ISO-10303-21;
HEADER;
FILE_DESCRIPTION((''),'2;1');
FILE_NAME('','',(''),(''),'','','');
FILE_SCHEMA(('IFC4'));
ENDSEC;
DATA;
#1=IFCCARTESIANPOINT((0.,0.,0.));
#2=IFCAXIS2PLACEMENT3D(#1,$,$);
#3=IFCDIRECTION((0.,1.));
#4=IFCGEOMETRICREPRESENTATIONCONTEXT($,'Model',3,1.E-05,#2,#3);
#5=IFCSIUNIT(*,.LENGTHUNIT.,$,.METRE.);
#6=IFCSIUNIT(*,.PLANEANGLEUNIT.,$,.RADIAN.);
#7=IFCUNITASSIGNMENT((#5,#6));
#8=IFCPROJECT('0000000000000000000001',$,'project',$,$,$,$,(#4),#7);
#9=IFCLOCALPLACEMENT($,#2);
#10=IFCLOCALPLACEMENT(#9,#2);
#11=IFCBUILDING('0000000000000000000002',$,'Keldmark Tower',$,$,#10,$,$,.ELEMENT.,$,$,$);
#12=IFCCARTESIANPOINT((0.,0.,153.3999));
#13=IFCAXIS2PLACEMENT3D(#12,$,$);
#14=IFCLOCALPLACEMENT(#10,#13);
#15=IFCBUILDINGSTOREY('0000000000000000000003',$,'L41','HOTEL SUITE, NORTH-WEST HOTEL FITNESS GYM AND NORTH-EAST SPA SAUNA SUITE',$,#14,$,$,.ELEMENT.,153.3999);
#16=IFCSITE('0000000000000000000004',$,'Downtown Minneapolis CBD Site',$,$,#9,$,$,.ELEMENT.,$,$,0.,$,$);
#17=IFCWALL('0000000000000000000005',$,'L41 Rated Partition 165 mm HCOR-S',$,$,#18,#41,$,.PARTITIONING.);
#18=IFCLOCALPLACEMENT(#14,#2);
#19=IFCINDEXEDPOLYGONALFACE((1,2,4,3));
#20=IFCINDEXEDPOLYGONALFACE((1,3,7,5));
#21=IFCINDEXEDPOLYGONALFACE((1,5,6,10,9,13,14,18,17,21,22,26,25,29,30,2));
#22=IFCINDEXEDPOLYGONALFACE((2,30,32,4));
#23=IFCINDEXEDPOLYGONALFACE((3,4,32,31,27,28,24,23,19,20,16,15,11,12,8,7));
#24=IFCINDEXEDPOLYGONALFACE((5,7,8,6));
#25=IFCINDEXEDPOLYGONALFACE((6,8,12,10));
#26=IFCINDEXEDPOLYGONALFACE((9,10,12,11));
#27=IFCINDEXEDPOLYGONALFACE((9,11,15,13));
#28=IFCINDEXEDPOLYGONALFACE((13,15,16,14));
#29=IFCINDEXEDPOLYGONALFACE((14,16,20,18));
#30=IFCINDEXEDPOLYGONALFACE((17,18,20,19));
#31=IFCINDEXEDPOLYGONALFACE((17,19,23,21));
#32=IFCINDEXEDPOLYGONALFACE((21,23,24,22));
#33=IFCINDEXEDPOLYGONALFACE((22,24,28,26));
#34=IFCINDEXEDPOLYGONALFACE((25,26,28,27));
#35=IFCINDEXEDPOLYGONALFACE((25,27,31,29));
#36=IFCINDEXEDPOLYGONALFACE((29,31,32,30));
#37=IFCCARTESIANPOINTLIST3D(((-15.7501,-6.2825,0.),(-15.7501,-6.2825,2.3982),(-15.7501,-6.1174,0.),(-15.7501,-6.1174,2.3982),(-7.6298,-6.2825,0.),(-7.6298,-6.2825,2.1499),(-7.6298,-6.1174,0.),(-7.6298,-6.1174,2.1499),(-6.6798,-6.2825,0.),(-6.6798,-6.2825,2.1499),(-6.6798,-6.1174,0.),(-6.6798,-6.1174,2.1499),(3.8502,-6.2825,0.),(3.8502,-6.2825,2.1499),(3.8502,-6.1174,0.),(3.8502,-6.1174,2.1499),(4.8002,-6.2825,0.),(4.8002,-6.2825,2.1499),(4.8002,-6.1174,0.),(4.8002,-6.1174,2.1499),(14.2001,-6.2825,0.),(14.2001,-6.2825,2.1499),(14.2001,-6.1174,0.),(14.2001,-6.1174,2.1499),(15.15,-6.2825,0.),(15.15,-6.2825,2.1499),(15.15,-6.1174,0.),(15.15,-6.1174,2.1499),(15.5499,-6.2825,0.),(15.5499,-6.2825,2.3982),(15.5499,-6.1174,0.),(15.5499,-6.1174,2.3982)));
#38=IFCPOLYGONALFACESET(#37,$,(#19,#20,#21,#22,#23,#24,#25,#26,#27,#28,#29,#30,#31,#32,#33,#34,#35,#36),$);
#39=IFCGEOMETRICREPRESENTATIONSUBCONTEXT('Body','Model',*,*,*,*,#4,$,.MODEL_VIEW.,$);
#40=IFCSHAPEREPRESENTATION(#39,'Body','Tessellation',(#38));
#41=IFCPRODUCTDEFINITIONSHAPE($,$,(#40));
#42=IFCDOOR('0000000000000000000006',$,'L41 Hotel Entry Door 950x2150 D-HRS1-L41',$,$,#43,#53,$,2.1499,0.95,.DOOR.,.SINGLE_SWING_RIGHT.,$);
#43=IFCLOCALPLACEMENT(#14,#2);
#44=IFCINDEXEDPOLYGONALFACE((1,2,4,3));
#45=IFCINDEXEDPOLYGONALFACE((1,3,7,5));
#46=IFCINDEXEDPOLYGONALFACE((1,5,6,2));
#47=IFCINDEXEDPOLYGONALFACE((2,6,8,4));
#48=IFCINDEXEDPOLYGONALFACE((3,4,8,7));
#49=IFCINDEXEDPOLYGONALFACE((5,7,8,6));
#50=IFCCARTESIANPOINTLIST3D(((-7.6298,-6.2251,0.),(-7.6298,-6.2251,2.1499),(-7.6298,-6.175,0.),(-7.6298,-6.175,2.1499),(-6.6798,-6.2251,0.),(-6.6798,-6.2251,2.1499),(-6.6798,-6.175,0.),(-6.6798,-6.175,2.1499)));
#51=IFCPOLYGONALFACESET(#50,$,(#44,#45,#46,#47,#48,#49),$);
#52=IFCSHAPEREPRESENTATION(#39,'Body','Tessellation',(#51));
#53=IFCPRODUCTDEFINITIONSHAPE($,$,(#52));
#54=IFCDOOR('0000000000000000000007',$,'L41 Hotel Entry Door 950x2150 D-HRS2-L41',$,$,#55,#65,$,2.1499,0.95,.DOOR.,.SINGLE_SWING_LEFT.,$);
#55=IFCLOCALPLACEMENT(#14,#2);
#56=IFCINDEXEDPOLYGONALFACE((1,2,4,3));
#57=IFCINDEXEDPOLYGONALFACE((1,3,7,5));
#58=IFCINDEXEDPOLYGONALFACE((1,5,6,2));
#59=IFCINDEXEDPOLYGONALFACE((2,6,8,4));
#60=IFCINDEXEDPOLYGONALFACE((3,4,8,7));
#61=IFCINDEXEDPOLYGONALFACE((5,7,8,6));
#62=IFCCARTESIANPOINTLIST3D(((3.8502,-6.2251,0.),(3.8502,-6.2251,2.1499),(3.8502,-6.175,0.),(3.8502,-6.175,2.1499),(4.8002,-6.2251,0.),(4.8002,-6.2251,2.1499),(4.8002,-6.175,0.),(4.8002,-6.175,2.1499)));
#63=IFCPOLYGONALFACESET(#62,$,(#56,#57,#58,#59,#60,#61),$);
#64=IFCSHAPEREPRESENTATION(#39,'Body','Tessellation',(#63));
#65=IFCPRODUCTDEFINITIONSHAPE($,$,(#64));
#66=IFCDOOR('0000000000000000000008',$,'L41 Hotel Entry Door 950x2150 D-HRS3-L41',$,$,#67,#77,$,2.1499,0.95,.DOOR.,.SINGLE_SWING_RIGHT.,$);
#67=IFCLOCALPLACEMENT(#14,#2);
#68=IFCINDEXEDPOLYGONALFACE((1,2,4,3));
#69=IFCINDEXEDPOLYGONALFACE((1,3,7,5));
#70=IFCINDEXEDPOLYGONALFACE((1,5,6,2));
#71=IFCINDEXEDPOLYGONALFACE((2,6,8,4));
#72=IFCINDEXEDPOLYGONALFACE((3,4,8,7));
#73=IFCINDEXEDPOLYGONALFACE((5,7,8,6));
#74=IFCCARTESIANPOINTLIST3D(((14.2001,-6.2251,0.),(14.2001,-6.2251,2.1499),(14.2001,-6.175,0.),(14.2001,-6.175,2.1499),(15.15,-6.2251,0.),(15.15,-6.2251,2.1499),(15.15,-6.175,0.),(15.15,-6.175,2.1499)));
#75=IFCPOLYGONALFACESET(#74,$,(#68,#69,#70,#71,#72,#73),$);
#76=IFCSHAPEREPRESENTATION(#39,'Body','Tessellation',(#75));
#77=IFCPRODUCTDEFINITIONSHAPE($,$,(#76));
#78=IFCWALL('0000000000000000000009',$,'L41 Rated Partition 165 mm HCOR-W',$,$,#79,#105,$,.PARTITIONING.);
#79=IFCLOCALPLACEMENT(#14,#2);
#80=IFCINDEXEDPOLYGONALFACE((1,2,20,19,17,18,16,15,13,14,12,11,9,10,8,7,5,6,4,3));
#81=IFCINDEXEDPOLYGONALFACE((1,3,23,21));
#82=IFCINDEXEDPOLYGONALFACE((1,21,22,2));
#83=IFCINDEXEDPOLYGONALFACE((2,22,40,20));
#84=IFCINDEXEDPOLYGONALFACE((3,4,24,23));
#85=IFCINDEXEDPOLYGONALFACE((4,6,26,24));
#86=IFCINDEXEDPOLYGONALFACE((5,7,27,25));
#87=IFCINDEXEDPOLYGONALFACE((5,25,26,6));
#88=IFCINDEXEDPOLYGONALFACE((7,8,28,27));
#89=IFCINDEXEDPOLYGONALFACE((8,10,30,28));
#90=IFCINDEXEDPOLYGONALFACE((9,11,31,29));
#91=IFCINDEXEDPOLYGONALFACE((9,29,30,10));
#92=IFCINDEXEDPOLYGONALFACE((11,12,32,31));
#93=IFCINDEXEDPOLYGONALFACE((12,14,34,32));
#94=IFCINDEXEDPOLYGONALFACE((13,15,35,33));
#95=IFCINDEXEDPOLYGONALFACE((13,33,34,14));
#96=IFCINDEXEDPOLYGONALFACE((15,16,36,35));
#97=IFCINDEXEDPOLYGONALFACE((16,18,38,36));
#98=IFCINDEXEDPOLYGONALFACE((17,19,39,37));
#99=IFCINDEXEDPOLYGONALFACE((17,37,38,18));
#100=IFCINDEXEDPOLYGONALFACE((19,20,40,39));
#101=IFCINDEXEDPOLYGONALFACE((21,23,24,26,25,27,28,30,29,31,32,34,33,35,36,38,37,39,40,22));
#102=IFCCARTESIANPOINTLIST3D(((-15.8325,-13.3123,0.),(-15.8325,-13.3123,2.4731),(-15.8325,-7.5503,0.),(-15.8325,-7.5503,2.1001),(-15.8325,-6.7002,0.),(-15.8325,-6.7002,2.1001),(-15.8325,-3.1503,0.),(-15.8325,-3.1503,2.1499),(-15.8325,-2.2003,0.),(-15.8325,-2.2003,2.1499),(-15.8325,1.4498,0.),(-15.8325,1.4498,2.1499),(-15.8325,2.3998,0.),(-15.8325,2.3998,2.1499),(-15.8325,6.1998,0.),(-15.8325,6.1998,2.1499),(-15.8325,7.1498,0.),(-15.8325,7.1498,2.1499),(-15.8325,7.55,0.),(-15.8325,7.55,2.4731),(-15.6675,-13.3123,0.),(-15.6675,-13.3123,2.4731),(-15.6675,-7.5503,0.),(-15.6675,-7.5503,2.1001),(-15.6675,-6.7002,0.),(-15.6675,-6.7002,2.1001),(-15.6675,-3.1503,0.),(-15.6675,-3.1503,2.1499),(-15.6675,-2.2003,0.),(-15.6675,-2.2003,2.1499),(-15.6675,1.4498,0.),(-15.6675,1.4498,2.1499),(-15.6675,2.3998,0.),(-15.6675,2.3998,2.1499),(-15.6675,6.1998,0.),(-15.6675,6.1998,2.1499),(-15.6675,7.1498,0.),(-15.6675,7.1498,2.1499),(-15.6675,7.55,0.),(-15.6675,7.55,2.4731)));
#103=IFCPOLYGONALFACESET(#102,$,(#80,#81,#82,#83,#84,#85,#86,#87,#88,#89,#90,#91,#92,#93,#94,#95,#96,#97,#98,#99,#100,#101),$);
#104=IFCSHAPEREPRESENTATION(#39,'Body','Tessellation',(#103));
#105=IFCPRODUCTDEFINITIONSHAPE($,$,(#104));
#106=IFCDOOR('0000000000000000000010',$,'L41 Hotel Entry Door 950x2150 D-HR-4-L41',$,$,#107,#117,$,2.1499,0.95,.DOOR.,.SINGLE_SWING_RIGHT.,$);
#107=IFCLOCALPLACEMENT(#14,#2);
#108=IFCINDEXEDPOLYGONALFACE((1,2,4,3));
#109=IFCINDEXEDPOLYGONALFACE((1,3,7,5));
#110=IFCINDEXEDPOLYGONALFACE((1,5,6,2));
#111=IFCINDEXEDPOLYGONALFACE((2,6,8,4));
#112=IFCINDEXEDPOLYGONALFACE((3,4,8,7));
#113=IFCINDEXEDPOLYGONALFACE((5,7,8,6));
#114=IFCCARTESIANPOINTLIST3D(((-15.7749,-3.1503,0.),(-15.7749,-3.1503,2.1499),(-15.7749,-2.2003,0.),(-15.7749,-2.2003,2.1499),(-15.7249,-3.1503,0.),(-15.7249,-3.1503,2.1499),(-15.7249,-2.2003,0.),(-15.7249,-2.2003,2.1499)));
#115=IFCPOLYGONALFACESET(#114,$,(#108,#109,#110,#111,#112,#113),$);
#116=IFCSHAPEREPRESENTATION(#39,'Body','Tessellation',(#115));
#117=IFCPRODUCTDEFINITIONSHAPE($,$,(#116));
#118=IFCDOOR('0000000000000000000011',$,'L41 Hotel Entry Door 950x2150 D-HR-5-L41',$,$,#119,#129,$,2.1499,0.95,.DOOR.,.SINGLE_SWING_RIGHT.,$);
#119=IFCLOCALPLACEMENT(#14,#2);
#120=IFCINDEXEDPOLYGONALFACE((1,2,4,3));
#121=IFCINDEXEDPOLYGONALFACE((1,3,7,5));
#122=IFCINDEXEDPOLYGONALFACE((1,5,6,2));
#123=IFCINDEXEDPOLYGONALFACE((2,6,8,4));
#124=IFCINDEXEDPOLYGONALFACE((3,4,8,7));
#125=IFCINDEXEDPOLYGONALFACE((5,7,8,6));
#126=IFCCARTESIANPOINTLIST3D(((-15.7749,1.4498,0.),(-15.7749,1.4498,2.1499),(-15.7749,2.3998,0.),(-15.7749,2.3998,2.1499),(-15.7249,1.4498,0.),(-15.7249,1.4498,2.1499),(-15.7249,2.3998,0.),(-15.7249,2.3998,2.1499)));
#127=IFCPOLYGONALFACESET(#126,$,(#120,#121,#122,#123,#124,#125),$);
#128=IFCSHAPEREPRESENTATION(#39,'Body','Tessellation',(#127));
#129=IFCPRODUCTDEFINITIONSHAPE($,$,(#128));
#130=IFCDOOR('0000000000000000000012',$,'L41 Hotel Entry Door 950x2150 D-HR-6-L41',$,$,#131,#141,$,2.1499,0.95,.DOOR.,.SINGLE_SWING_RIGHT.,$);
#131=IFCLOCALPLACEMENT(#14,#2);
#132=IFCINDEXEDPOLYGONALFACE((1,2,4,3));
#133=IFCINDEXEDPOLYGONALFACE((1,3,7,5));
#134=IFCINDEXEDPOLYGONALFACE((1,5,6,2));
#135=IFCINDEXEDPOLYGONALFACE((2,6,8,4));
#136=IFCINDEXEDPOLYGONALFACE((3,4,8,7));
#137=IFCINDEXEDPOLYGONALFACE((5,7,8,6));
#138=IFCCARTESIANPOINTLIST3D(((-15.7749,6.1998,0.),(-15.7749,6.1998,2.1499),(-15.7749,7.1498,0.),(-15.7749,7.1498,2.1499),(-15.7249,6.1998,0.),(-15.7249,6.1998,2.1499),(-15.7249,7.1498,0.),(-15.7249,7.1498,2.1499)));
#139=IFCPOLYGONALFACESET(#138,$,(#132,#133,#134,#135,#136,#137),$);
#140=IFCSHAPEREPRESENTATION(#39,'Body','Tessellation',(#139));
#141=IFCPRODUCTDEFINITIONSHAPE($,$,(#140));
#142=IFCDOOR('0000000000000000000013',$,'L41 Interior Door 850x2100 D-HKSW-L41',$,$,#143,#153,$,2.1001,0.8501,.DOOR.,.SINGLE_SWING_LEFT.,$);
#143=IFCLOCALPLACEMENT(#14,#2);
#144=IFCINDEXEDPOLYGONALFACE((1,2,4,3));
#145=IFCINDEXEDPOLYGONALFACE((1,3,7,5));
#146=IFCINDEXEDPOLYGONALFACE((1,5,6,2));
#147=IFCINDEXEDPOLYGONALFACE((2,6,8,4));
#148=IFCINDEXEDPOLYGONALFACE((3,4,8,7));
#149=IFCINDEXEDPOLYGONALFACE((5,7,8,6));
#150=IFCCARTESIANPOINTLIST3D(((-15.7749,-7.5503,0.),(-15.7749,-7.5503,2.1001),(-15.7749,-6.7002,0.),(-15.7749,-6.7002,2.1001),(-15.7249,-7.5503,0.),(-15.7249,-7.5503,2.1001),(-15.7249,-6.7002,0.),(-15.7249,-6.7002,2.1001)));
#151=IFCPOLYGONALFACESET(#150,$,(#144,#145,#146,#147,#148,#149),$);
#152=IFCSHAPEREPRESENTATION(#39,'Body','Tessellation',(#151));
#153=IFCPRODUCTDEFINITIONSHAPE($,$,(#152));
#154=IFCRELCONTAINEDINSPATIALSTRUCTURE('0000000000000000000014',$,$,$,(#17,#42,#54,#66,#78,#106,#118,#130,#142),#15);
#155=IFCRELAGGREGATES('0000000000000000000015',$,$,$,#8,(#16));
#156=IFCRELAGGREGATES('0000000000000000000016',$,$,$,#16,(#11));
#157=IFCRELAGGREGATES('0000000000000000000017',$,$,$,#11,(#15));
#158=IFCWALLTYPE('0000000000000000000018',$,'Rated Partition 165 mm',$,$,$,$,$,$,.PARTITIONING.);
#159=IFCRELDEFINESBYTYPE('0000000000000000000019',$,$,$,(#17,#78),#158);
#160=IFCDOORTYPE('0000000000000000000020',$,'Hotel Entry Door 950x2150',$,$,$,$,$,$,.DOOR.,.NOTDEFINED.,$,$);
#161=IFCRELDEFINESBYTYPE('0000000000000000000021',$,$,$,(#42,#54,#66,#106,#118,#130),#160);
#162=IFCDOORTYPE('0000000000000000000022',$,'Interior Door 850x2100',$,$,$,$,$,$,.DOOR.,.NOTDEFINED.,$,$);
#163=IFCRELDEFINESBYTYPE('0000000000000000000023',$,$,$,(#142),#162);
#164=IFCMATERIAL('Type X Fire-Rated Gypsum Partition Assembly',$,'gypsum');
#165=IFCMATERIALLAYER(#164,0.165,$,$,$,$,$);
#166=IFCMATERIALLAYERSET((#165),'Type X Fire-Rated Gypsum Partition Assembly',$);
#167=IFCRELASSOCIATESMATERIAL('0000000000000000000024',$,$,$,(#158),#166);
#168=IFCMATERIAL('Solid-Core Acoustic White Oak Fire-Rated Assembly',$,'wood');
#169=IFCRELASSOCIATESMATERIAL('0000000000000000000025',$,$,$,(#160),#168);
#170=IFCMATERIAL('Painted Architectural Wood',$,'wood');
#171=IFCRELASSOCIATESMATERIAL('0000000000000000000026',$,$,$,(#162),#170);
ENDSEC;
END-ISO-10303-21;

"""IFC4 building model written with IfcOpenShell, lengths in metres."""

from ifc_helpers import new_model, si_unit, direction, frame, frame_2d, origin, place, context, subcontext, project, spatial, rectangle, extrude, material, layer, layer_set, type_object, element, fill, save


model = new_model("IFC4")

# Units and contexts
model_context = context("Model", 3, precision=1e-05, world=origin(), true_north=direction((0.0, 1.0)))
body_context = subcontext(model_context, "Body", "Model", "MODEL_VIEW")
ifc_project = project(units=[si_unit("LENGTHUNIT", "METRE"), si_unit("PLANEANGLEUNIT", "RADIAN")], contexts=[model_context])

# Site, building, storey
site_placement = place(None, origin())
site = spatial("IfcSite", under=ifc_project, at=site_placement, Name="Downtown Minneapolis CBD Site", CompositionType="ELEMENT", RefElevation=0.0)
building_placement = place(site_placement, origin())
building = spatial("IfcBuilding", under=site, at=building_placement, Name="Keldmark Tower", CompositionType="ELEMENT")
storey_placement = place(building_placement, frame((0.0, 0.0, 153.3999)))
storey = spatial("IfcBuildingStorey", under=building, at=storey_placement, Name="L41", Description="HOTEL SUITE, NORTH-WEST HOTEL FITNESS GYM AND NORTH-EAST SPA SAUNA SUITE", CompositionType="ELEMENT", Elevation=153.3999)

# Walls, openings, doors
ifc_material_1 = material(Name="Type X Fire-Rated Gypsum Partition Assembly", Category="gypsum")
ifc_layer_1 = layer(ifc_material_1, 0.165)
ifc_layer_set_1 = layer_set([ifc_layer_1], Name="Type X Fire-Rated Gypsum Partition Assembly")
wall_type_1 = type_object("IfcWallType", Name="Rated Partition 165 mm", PredefinedType="PARTITIONING", material=ifc_layer_set_1)
wall_1_placement = place(storey_placement, frame((-15.75, -6.2, 0.0), z_axis=(0.0, 0.0, 1.0), x_axis=(1.0, 0.0, 0.0)))
wall_1 = element("IfcWall", 1, at=wall_1_placement, inside=storey, type_object=wall_type_1, Name="L41 Rated Partition 165 mm HCOR-S", PredefinedType="PARTITIONING", context=body_context, shape_type="SweptSolid", body=[
    extrude(rectangle(XDim=31.3, YDim=0.165, at=frame_2d((15.6499, 0.0))), origin(), (0.0, 0.0, 1.0), 2.3982),
])
opening_1_placement = place(wall_1_placement, frame((8.1201, 0.0, 0.0)))
opening_1 = element("IfcOpeningElement", 2, at=opening_1_placement, cuts=wall_1, PredefinedType="OPENING", context=body_context, shape_type="SweptSolid", body=[
    extrude(rectangle(XDim=0.95, YDim=2.1499, at=frame_2d((0.4751, 1.075))), frame((0.0, 0.0925, 0.0), z_axis=(0.0, -1.0, 0.0), x_axis=(1.0, 0.0, 0.0)), (0.0, 0.0, 1.0), 0.1851),
])
opening_2_placement = place(wall_1_placement, frame((19.6001, 0.0, 0.0)))
opening_2 = element("IfcOpeningElement", 3, at=opening_2_placement, cuts=wall_1, PredefinedType="OPENING", context=body_context, shape_type="SweptSolid", body=[
    extrude(rectangle(XDim=0.95, YDim=2.1499, at=frame_2d((0.4751, 1.075))), frame((0.0, 0.0925, 0.0), z_axis=(0.0, -1.0, 0.0), x_axis=(1.0, 0.0, 0.0)), (0.0, 0.0, 1.0), 0.1851),
])
opening_3_placement = place(wall_1_placement, frame((29.95, 0.0, 0.0)))
opening_3 = element("IfcOpeningElement", 4, at=opening_3_placement, cuts=wall_1, PredefinedType="OPENING", context=body_context, shape_type="SweptSolid", body=[
    extrude(rectangle(XDim=0.95, YDim=2.1499, at=frame_2d((0.4751, 1.075))), frame((0.0, 0.0925, 0.0), z_axis=(0.0, -1.0, 0.0), x_axis=(1.0, 0.0, 0.0)), (0.0, 0.0, 1.0), 0.1851),
])
ifc_material_2 = material(Name="Solid-Core Acoustic White Oak Fire-Rated Assembly", Category="wood")
door_type_1 = type_object("IfcDoorType", Name="Hotel Entry Door 950x2150", OperationType="NOTDEFINED", PredefinedType="DOOR", material=ifc_material_2)
door_1_placement = place(opening_1_placement, origin())
door_1 = element("IfcDoor", 5, at=door_1_placement, inside=storey, type_object=door_type_1, Name="L41 Hotel Entry Door 950x2150 D-HRS1-L41", OperationType="SINGLE_SWING_RIGHT", OverallHeight=2.1499, OverallWidth=0.95, PredefinedType="DOOR", context=body_context, shape_type="SweptSolid", body=[
    extrude(rectangle(XDim=0.95, YDim=2.1499, at=frame_2d((0.4751, 1.075))), frame((0.0, 0.0249, 0.0), z_axis=(0.0, -1.0, 0.0), x_axis=(1.0, 0.0, 0.0)), (0.0, 0.0, 1.0), 0.05),
])
fill(opening_1, door_1)
door_2_placement = place(opening_2_placement, origin())
door_2 = element("IfcDoor", 6, at=door_2_placement, inside=storey, type_object=door_type_1, Name="L41 Hotel Entry Door 950x2150 D-HRS2-L41", OperationType="SINGLE_SWING_LEFT", OverallHeight=2.1499, OverallWidth=0.95, PredefinedType="DOOR", context=body_context, shape_type="SweptSolid", body=[
    extrude(rectangle(XDim=0.95, YDim=2.1499, at=frame_2d((0.4751, 1.075))), frame((0.0, 0.0249, 0.0), z_axis=(0.0, -1.0, 0.0), x_axis=(1.0, 0.0, 0.0)), (0.0, 0.0, 1.0), 0.05),
])
fill(opening_2, door_2)
door_3_placement = place(opening_3_placement, origin())
door_3 = element("IfcDoor", 7, at=door_3_placement, inside=storey, type_object=door_type_1, Name="L41 Hotel Entry Door 950x2150 D-HRS3-L41", OperationType="SINGLE_SWING_RIGHT", OverallHeight=2.1499, OverallWidth=0.95, PredefinedType="DOOR", context=body_context, shape_type="SweptSolid", body=[
    extrude(rectangle(XDim=0.95, YDim=2.1499, at=frame_2d((0.4751, 1.075))), frame((0.0, 0.0249, 0.0), z_axis=(0.0, -1.0, 0.0), x_axis=(1.0, 0.0, 0.0)), (0.0, 0.0, 1.0), 0.05),
])
fill(opening_3, door_3)
wall_2_placement = place(storey_placement, frame((-15.75, -13.3123, 0.0), z_axis=(0.0, 0.0, 1.0), x_axis=(0.0, 1.0, 0.0)))
wall_2 = element("IfcWall", 8, at=wall_2_placement, inside=storey, type_object=wall_type_1, Name="L41 Rated Partition 165 mm HCOR-W", PredefinedType="PARTITIONING", context=body_context, shape_type="SweptSolid", body=[
    extrude(rectangle(XDim=20.8623, YDim=0.165, at=frame_2d((10.4312, 0.0))), origin(), (0.0, 0.0, 1.0), 2.4731),
])
opening_4_placement = place(wall_2_placement, frame((5.762, 0.0, 0.0)))
opening_4 = element("IfcOpeningElement", 9, at=opening_4_placement, cuts=wall_2, PredefinedType="OPENING", context=body_context, shape_type="SweptSolid", body=[
    extrude(rectangle(XDim=0.8501, YDim=2.1001, at=frame_2d((0.425, 1.05))), frame((0.0, 0.0925, 0.0), z_axis=(0.0, -1.0, 0.0), x_axis=(1.0, 0.0, 0.0)), (0.0, 0.0, 1.0), 0.1851),
])
opening_5_placement = place(wall_2_placement, frame((10.1619, 0.0, 0.0)))
opening_5 = element("IfcOpeningElement", 10, at=opening_5_placement, cuts=wall_2, PredefinedType="OPENING", context=body_context, shape_type="SweptSolid", body=[
    extrude(rectangle(XDim=0.95, YDim=2.1499, at=frame_2d((0.4751, 1.075))), frame((0.0, 0.0925, 0.0), z_axis=(0.0, -1.0, 0.0), x_axis=(1.0, 0.0, 0.0)), (0.0, 0.0, 1.0), 0.1851),
])
opening_6_placement = place(wall_2_placement, frame((14.762, 0.0, 0.0)))
opening_6 = element("IfcOpeningElement", 11, at=opening_6_placement, cuts=wall_2, PredefinedType="OPENING", context=body_context, shape_type="SweptSolid", body=[
    extrude(rectangle(XDim=0.95, YDim=2.1499, at=frame_2d((0.4751, 1.075))), frame((0.0, 0.0925, 0.0), z_axis=(0.0, -1.0, 0.0), x_axis=(1.0, 0.0, 0.0)), (0.0, 0.0, 1.0), 0.1851),
])
opening_7_placement = place(wall_2_placement, frame((19.512, 0.0, 0.0)))
opening_7 = element("IfcOpeningElement", 12, at=opening_7_placement, cuts=wall_2, PredefinedType="OPENING", context=body_context, shape_type="SweptSolid", body=[
    extrude(rectangle(XDim=0.95, YDim=2.1499, at=frame_2d((0.4751, 1.075))), frame((0.0, 0.0925, 0.0), z_axis=(0.0, -1.0, 0.0), x_axis=(1.0, 0.0, 0.0)), (0.0, 0.0, 1.0), 0.1851),
])
door_4_placement = place(opening_5_placement, origin())
door_4 = element("IfcDoor", 13, at=door_4_placement, inside=storey, type_object=door_type_1, Name="L41 Hotel Entry Door 950x2150 D-HR-4-L41", OperationType="SINGLE_SWING_RIGHT", OverallHeight=2.1499, OverallWidth=0.95, PredefinedType="DOOR", context=body_context, shape_type="SweptSolid", body=[
    extrude(rectangle(XDim=0.95, YDim=2.1499, at=frame_2d((0.4751, 1.075))), frame((0.0, 0.0249, 0.0), z_axis=(0.0, -1.0, 0.0), x_axis=(1.0, 0.0, 0.0)), (0.0, 0.0, 1.0), 0.05),
])
fill(opening_5, door_4)
door_5_placement = place(opening_6_placement, origin())
door_5 = element("IfcDoor", 14, at=door_5_placement, inside=storey, type_object=door_type_1, Name="L41 Hotel Entry Door 950x2150 D-HR-5-L41", OperationType="SINGLE_SWING_RIGHT", OverallHeight=2.1499, OverallWidth=0.95, PredefinedType="DOOR", context=body_context, shape_type="SweptSolid", body=[
    extrude(rectangle(XDim=0.95, YDim=2.1499, at=frame_2d((0.4751, 1.075))), frame((0.0, 0.0249, 0.0), z_axis=(0.0, -1.0, 0.0), x_axis=(1.0, 0.0, 0.0)), (0.0, 0.0, 1.0), 0.05),
])
fill(opening_6, door_5)
door_6_placement = place(opening_7_placement, origin())
door_6 = element("IfcDoor", 15, at=door_6_placement, inside=storey, type_object=door_type_1, Name="L41 Hotel Entry Door 950x2150 D-HR-6-L41", OperationType="SINGLE_SWING_RIGHT", OverallHeight=2.1499, OverallWidth=0.95, PredefinedType="DOOR", context=body_context, shape_type="SweptSolid", body=[
    extrude(rectangle(XDim=0.95, YDim=2.1499, at=frame_2d((0.4751, 1.075))), frame((0.0, 0.0249, 0.0), z_axis=(0.0, -1.0, 0.0), x_axis=(1.0, 0.0, 0.0)), (0.0, 0.0, 1.0), 0.05),
])
fill(opening_7, door_6)
ifc_material_3 = material(Name="Painted Architectural Wood", Category="wood")
door_type_2 = type_object("IfcDoorType", Name="Interior Door 850x2100", OperationType="NOTDEFINED", PredefinedType="DOOR", material=ifc_material_3)
door_7_placement = place(opening_4_placement, origin())
door_7 = element("IfcDoor", 16, at=door_7_placement, inside=storey, type_object=door_type_2, Name="L41 Interior Door 850x2100 D-HKSW-L41", OperationType="SINGLE_SWING_LEFT", OverallHeight=2.1001, OverallWidth=0.8501, PredefinedType="DOOR", context=body_context, shape_type="SweptSolid", body=[
    extrude(rectangle(XDim=0.8501, YDim=2.1001, at=frame_2d((0.425, 1.05))), frame((0.0, 0.0249, 0.0), z_axis=(0.0, -1.0, 0.0), x_axis=(1.0, 0.0, 0.0)), (0.0, 0.0, 1.0), 0.05),
])
fill(opening_4, door_7)

save(model, "model.ifc")
